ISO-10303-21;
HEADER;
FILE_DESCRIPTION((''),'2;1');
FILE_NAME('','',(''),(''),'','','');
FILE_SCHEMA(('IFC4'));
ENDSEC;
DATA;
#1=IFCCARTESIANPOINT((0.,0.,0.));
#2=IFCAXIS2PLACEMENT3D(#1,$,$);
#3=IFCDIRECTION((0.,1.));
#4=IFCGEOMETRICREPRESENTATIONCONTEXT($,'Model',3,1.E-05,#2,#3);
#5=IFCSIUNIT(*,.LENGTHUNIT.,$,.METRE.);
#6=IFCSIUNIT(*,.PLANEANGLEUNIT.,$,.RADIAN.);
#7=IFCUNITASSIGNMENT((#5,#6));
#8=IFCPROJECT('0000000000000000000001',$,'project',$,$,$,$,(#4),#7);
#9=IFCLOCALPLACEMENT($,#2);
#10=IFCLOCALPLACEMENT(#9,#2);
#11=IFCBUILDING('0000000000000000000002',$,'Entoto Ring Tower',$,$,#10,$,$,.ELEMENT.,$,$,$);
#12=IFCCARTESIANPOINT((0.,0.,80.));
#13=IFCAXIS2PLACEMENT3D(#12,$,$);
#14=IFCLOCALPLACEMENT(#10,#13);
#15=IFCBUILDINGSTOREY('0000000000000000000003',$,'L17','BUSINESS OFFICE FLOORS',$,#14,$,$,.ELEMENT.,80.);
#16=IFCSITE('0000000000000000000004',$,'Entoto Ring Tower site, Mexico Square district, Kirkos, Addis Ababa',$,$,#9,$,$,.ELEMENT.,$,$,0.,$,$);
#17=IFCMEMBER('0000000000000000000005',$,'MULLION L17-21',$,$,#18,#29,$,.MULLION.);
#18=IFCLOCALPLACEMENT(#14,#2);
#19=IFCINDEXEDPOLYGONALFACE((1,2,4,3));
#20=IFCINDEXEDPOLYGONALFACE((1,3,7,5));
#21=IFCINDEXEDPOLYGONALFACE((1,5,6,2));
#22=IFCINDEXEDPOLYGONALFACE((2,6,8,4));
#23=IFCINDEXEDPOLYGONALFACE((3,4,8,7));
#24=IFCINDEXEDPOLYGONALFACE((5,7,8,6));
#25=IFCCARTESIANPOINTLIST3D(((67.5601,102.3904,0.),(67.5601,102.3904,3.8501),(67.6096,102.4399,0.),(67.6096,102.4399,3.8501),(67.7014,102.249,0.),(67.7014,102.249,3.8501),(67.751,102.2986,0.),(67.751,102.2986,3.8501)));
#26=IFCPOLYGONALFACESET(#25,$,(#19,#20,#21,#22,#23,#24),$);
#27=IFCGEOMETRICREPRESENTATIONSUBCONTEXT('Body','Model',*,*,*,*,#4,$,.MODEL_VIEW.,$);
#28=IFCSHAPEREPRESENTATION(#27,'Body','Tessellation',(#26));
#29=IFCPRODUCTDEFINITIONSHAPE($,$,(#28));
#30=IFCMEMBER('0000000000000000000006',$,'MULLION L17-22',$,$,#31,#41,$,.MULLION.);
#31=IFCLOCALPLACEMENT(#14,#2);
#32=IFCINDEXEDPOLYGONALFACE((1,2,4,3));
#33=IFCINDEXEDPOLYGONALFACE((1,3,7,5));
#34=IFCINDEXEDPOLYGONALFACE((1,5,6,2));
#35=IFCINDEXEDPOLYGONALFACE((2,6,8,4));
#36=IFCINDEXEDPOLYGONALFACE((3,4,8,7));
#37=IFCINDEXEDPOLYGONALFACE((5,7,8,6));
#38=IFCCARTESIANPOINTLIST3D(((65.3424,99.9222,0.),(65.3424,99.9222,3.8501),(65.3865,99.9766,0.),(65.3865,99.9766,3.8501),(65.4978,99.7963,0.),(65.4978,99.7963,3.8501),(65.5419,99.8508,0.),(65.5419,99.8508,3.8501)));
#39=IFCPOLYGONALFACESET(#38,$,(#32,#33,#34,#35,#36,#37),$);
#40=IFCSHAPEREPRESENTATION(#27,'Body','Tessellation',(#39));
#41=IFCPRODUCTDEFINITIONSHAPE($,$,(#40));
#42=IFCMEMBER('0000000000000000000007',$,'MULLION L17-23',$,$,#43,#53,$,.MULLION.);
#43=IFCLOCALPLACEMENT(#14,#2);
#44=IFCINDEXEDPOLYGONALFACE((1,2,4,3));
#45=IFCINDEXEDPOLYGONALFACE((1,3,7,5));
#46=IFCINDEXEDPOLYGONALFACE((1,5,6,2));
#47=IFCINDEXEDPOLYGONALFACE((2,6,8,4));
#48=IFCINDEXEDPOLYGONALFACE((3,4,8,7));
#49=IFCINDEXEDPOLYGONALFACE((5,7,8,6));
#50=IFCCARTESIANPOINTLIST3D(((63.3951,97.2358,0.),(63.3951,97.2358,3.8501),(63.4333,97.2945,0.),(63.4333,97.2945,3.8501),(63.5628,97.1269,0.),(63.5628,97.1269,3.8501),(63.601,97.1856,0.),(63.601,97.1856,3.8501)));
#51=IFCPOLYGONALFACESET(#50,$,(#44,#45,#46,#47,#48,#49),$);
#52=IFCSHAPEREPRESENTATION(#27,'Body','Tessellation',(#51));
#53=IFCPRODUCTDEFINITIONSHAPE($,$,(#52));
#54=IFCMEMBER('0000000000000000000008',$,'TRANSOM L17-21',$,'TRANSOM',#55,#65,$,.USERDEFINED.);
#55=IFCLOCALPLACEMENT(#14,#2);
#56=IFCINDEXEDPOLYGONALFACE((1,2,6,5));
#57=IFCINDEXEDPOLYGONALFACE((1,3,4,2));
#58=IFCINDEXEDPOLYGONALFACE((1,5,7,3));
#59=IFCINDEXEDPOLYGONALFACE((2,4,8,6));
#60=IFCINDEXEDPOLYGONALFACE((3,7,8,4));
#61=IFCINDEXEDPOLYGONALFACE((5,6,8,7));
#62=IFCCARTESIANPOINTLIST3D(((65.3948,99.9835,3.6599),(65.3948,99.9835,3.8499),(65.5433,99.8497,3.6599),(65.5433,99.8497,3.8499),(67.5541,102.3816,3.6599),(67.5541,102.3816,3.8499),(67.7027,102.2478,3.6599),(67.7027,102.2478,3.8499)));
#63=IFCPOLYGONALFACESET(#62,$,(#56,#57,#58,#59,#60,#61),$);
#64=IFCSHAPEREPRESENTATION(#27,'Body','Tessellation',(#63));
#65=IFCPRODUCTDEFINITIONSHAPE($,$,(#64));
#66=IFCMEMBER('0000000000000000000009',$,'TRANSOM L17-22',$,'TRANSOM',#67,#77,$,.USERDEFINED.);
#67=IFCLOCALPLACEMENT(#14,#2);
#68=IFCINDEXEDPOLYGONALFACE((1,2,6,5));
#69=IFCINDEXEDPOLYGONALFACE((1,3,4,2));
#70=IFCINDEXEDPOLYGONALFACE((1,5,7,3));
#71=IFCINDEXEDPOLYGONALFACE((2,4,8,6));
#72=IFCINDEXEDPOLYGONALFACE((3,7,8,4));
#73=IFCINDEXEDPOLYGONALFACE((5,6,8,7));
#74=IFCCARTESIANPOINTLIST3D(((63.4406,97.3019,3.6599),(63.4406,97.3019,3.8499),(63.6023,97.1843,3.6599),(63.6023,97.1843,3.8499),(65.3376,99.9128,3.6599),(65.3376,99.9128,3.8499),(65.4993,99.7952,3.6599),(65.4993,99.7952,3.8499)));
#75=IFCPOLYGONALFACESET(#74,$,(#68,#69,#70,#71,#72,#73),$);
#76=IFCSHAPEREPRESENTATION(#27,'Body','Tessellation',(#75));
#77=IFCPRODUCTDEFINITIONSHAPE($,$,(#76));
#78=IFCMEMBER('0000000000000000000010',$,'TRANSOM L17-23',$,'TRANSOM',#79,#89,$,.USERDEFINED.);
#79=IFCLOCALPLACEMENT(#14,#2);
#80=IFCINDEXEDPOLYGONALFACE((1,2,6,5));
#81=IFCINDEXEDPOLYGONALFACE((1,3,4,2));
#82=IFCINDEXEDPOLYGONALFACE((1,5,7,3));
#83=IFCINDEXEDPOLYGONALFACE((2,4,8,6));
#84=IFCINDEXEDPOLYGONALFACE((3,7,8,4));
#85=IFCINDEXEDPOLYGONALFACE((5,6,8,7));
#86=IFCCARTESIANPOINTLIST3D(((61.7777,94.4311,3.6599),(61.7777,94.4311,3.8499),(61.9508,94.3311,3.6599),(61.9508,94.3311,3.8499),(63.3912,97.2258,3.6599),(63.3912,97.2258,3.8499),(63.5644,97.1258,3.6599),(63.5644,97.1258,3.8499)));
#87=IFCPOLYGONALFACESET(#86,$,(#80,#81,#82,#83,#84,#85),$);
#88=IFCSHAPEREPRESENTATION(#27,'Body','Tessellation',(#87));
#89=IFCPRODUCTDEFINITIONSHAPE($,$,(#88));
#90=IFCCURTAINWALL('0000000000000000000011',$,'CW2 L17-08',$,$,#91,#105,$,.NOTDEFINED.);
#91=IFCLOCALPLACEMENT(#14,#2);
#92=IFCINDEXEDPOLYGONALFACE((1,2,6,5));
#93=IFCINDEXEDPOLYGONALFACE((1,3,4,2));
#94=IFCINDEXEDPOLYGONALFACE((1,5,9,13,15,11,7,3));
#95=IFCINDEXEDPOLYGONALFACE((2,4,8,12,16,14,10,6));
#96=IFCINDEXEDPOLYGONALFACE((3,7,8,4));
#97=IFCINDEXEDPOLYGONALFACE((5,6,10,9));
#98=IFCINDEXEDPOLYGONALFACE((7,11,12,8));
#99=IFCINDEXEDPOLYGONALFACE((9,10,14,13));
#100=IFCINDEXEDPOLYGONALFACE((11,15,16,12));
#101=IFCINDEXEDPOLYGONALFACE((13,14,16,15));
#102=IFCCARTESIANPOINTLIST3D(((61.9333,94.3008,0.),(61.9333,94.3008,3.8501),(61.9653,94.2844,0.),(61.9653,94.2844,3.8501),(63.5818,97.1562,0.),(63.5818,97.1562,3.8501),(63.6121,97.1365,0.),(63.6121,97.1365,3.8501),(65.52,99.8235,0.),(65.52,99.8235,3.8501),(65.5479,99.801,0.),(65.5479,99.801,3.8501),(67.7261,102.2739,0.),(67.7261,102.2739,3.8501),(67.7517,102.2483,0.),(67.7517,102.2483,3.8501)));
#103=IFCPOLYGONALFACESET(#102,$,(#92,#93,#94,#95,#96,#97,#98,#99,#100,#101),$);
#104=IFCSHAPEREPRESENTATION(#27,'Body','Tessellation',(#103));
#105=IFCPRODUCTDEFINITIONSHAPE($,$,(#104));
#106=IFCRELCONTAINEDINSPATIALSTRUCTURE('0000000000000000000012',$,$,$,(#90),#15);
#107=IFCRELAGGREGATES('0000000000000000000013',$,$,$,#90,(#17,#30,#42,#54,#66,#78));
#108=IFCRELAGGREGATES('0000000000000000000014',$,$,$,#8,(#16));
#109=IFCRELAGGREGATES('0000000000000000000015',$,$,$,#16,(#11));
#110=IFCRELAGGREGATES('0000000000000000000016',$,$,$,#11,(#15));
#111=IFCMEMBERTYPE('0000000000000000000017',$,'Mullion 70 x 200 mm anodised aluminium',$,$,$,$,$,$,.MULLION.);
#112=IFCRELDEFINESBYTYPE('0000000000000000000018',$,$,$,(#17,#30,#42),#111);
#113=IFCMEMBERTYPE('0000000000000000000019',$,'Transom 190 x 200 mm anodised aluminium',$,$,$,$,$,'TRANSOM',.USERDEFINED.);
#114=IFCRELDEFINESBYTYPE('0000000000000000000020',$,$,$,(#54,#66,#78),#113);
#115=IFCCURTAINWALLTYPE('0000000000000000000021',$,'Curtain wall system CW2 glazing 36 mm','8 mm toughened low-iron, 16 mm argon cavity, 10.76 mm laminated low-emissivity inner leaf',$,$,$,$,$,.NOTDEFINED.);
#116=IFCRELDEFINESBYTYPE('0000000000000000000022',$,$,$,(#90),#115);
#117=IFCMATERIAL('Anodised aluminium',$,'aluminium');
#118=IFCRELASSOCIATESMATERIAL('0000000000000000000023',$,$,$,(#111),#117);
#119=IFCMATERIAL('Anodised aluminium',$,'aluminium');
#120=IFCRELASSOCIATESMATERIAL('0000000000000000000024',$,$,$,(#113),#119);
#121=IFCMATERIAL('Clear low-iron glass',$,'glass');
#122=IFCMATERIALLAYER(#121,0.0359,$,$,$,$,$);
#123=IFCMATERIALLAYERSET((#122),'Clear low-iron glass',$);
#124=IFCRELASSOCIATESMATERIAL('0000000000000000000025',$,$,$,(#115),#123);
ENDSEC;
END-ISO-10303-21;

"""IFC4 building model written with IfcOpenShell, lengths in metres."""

from ifc_helpers import new_model, si_unit, direction, frame, origin, origin_2d, place, context, subcontext, project, spatial, polyline, rectangle, outline, extrude, material, layer, layer_set, material_profile, profile_set, type_object, element, aggregate, save


model = new_model("IFC4")

# Units and contexts
model_context = context("Model", 3, precision=1e-05, world=origin(), true_north=direction((0.0, 1.0)))
body_context = subcontext(model_context, "Body", "Model", "MODEL_VIEW")
ifc_project = project(units=[si_unit("LENGTHUNIT", "METRE"), si_unit("PLANEANGLEUNIT", "RADIAN")], contexts=[model_context])

# Members
ifc_material_1 = material(Name="Anodised aluminium", Category="aluminium")
ifc_material_profile_1 = material_profile(ifc_material_1, rectangle(XDim=0.0701, YDim=0.2, at=origin_2d()), Name="Mullion 70 x 200 mm anodised aluminium")
ifc_profile_set_1 = profile_set([ifc_material_profile_1], Name="Anodised aluminium")
member_type_1 = type_object("IfcMemberType", Name="Mullion 70 x 200 mm anodised aluminium", PredefinedType="MULLION", material=ifc_profile_set_1)
site_placement = place(None, origin())
building_placement = place(site_placement, origin())
storey_placement = place(building_placement, frame((0.0, 0.0, 80.0)))
member_1_placement = place(storey_placement, frame((67.6555, 102.3445, 0.0), z_axis=(0.0, 0.0, 1.0), x_axis=(-0.707107, -0.707107, 0.0)))
member_1 = element("IfcMember", 1, at=member_1_placement, type_object=member_type_1, Name="MULLION L17-21", PredefinedType="MULLION", context=body_context, shape_type="SweptSolid", body=[
    extrude(rectangle(XDim=0.0701, YDim=0.2, at=origin_2d()), origin(), (0.0, 0.0, 1.0), 3.8501),
])
member_2_placement = place(storey_placement, frame((65.4421, 99.8865, 0.0), z_axis=(0.0, 0.0, 1.0), x_axis=(-0.62932, -0.777146, 0.0)))
member_2 = element("IfcMember", 2, at=member_2_placement, type_object=member_type_1, Name="MULLION L17-22", PredefinedType="MULLION", context=body_context, shape_type="SweptSolid", body=[
    extrude(rectangle(XDim=0.0701, YDim=0.2, at=origin_2d()), origin(), (0.0, 0.0, 1.0), 3.8501),
])
member_3_placement = place(storey_placement, frame((63.498, 97.2107, 0.0), z_axis=(0.0, 0.0, 1.0), x_axis=(-0.544639, -0.838671, 0.0)))
member_3 = element("IfcMember", 3, at=member_3_placement, type_object=member_type_1, Name="MULLION L17-23", PredefinedType="MULLION", context=body_context, shape_type="SweptSolid", body=[
    extrude(rectangle(XDim=0.0701, YDim=0.2, at=origin_2d()), origin(), (0.0, 0.0, 1.0), 3.8501),
])
ifc_material_2 = material(Name="Anodised aluminium", Category="aluminium")
ifc_material_profile_2 = material_profile(ifc_material_2, rectangle(XDim=0.2, YDim=0.1899, at=origin_2d()), Name="Transom 190 x 200 mm anodised aluminium")
ifc_profile_set_2 = profile_set([ifc_material_profile_2], Name="Anodised aluminium")
member_type_2 = type_object("IfcMemberType", Name="Transom 190 x 200 mm anodised aluminium", ElementType="TRANSOM", PredefinedType="USERDEFINED", material=ifc_profile_set_2)
member_4_placement = place(storey_placement, frame((67.6284, 102.3147, 3.7549), z_axis=(-0.669144, -0.743132, 0.0), x_axis=(0.743132, -0.669144, 0.0)))
member_4 = element("IfcMember", 4, at=member_4_placement, type_object=member_type_2, Name="TRANSOM L17-21", ObjectType="TRANSOM", PredefinedType="USERDEFINED", context=body_context, shape_type="SweptSolid", body=[
    extrude(rectangle(XDim=0.2, YDim=0.1899, at=origin_2d()), origin(), (0.0, 0.0, 1.0), 3.2271),
])
member_5_placement = place(storey_placement, frame((65.4185, 99.854, 3.7549), z_axis=(-0.587803, -0.809004, 0.0), x_axis=(0.809004, -0.587803, 0.0)))
member_5 = element("IfcMember", 5, at=member_5_placement, type_object=member_type_2, Name="TRANSOM L17-22", ObjectType="TRANSOM", PredefinedType="USERDEFINED", context=body_context, shape_type="SweptSolid", body=[
    extrude(rectangle(XDim=0.2, YDim=0.1899, at=origin_2d()), origin(), (0.0, 0.0, 1.0), 3.2273),
])
member_6_placement = place(storey_placement, frame((63.4778, 97.1758, 3.7549), z_axis=(-0.500004, -0.866023, 0.0), x_axis=(0.866023, -0.500004, 0.0)))
member_6 = element("IfcMember", 6, at=member_6_placement, type_object=member_type_2, Name="TRANSOM L17-23", ObjectType="TRANSOM", PredefinedType="USERDEFINED", context=body_context, shape_type="SweptSolid", body=[
    extrude(rectangle(XDim=0.2, YDim=0.1899, at=origin_2d()), origin(), (0.0, 0.0, 1.0), 3.2271),
])

# Site, building, storey
site = spatial("IfcSite", under=ifc_project, at=site_placement, Name="Entoto Ring Tower site, Mexico Square district, Kirkos, Addis Ababa", CompositionType="ELEMENT", RefElevation=0.0)
building = spatial("IfcBuilding", under=site, at=building_placement, Name="Entoto Ring Tower", CompositionType="ELEMENT")
storey = spatial("IfcBuildingStorey", under=building, at=storey_placement, Name="L17", Description="BUSINESS OFFICE FLOORS", CompositionType="ELEMENT", Elevation=80.0)

# Curtain wall
ifc_material_3 = material(Name="Clear low-iron glass", Category="glass")
ifc_layer = layer(ifc_material_3, 0.0359)
ifc_layer_set = layer_set([ifc_layer], Name="Clear low-iron glass")
curtain_wall_type = type_object("IfcCurtainWallType", Name="Curtain wall system CW2 glazing 36 mm", Description="8 mm toughened low-iron, 16 mm argon cavity, 10.76 mm laminated low-emissivity inner leaf", PredefinedType="NOTDEFINED", material=ifc_layer_set)
curtain_wall_1_placement = place(storey_placement, origin())
curtain_wall_1 = element("IfcCurtainWall", 7, at=curtain_wall_1_placement, inside=storey, type_object=curtain_wall_type, Name="CW2 L17-08", PredefinedType="NOTDEFINED", context=body_context, shape_type="SweptSolid", body=[
    extrude(outline(polyline([(67.7261, 102.2739), (65.52, 99.8235), (63.5818, 97.1562), (61.9333, 94.3008), (61.9653, 94.2844), (63.6121, 97.1365), (65.5479, 99.801), (67.7517, 102.2483), (67.7261, 102.2739)])), origin(), (0.0, 0.0, 1.0), 3.8501),
])
aggregate(curtain_wall_1, [member_1, member_2, member_3, member_4, member_5, member_6])

save(model, "model.ifc")
